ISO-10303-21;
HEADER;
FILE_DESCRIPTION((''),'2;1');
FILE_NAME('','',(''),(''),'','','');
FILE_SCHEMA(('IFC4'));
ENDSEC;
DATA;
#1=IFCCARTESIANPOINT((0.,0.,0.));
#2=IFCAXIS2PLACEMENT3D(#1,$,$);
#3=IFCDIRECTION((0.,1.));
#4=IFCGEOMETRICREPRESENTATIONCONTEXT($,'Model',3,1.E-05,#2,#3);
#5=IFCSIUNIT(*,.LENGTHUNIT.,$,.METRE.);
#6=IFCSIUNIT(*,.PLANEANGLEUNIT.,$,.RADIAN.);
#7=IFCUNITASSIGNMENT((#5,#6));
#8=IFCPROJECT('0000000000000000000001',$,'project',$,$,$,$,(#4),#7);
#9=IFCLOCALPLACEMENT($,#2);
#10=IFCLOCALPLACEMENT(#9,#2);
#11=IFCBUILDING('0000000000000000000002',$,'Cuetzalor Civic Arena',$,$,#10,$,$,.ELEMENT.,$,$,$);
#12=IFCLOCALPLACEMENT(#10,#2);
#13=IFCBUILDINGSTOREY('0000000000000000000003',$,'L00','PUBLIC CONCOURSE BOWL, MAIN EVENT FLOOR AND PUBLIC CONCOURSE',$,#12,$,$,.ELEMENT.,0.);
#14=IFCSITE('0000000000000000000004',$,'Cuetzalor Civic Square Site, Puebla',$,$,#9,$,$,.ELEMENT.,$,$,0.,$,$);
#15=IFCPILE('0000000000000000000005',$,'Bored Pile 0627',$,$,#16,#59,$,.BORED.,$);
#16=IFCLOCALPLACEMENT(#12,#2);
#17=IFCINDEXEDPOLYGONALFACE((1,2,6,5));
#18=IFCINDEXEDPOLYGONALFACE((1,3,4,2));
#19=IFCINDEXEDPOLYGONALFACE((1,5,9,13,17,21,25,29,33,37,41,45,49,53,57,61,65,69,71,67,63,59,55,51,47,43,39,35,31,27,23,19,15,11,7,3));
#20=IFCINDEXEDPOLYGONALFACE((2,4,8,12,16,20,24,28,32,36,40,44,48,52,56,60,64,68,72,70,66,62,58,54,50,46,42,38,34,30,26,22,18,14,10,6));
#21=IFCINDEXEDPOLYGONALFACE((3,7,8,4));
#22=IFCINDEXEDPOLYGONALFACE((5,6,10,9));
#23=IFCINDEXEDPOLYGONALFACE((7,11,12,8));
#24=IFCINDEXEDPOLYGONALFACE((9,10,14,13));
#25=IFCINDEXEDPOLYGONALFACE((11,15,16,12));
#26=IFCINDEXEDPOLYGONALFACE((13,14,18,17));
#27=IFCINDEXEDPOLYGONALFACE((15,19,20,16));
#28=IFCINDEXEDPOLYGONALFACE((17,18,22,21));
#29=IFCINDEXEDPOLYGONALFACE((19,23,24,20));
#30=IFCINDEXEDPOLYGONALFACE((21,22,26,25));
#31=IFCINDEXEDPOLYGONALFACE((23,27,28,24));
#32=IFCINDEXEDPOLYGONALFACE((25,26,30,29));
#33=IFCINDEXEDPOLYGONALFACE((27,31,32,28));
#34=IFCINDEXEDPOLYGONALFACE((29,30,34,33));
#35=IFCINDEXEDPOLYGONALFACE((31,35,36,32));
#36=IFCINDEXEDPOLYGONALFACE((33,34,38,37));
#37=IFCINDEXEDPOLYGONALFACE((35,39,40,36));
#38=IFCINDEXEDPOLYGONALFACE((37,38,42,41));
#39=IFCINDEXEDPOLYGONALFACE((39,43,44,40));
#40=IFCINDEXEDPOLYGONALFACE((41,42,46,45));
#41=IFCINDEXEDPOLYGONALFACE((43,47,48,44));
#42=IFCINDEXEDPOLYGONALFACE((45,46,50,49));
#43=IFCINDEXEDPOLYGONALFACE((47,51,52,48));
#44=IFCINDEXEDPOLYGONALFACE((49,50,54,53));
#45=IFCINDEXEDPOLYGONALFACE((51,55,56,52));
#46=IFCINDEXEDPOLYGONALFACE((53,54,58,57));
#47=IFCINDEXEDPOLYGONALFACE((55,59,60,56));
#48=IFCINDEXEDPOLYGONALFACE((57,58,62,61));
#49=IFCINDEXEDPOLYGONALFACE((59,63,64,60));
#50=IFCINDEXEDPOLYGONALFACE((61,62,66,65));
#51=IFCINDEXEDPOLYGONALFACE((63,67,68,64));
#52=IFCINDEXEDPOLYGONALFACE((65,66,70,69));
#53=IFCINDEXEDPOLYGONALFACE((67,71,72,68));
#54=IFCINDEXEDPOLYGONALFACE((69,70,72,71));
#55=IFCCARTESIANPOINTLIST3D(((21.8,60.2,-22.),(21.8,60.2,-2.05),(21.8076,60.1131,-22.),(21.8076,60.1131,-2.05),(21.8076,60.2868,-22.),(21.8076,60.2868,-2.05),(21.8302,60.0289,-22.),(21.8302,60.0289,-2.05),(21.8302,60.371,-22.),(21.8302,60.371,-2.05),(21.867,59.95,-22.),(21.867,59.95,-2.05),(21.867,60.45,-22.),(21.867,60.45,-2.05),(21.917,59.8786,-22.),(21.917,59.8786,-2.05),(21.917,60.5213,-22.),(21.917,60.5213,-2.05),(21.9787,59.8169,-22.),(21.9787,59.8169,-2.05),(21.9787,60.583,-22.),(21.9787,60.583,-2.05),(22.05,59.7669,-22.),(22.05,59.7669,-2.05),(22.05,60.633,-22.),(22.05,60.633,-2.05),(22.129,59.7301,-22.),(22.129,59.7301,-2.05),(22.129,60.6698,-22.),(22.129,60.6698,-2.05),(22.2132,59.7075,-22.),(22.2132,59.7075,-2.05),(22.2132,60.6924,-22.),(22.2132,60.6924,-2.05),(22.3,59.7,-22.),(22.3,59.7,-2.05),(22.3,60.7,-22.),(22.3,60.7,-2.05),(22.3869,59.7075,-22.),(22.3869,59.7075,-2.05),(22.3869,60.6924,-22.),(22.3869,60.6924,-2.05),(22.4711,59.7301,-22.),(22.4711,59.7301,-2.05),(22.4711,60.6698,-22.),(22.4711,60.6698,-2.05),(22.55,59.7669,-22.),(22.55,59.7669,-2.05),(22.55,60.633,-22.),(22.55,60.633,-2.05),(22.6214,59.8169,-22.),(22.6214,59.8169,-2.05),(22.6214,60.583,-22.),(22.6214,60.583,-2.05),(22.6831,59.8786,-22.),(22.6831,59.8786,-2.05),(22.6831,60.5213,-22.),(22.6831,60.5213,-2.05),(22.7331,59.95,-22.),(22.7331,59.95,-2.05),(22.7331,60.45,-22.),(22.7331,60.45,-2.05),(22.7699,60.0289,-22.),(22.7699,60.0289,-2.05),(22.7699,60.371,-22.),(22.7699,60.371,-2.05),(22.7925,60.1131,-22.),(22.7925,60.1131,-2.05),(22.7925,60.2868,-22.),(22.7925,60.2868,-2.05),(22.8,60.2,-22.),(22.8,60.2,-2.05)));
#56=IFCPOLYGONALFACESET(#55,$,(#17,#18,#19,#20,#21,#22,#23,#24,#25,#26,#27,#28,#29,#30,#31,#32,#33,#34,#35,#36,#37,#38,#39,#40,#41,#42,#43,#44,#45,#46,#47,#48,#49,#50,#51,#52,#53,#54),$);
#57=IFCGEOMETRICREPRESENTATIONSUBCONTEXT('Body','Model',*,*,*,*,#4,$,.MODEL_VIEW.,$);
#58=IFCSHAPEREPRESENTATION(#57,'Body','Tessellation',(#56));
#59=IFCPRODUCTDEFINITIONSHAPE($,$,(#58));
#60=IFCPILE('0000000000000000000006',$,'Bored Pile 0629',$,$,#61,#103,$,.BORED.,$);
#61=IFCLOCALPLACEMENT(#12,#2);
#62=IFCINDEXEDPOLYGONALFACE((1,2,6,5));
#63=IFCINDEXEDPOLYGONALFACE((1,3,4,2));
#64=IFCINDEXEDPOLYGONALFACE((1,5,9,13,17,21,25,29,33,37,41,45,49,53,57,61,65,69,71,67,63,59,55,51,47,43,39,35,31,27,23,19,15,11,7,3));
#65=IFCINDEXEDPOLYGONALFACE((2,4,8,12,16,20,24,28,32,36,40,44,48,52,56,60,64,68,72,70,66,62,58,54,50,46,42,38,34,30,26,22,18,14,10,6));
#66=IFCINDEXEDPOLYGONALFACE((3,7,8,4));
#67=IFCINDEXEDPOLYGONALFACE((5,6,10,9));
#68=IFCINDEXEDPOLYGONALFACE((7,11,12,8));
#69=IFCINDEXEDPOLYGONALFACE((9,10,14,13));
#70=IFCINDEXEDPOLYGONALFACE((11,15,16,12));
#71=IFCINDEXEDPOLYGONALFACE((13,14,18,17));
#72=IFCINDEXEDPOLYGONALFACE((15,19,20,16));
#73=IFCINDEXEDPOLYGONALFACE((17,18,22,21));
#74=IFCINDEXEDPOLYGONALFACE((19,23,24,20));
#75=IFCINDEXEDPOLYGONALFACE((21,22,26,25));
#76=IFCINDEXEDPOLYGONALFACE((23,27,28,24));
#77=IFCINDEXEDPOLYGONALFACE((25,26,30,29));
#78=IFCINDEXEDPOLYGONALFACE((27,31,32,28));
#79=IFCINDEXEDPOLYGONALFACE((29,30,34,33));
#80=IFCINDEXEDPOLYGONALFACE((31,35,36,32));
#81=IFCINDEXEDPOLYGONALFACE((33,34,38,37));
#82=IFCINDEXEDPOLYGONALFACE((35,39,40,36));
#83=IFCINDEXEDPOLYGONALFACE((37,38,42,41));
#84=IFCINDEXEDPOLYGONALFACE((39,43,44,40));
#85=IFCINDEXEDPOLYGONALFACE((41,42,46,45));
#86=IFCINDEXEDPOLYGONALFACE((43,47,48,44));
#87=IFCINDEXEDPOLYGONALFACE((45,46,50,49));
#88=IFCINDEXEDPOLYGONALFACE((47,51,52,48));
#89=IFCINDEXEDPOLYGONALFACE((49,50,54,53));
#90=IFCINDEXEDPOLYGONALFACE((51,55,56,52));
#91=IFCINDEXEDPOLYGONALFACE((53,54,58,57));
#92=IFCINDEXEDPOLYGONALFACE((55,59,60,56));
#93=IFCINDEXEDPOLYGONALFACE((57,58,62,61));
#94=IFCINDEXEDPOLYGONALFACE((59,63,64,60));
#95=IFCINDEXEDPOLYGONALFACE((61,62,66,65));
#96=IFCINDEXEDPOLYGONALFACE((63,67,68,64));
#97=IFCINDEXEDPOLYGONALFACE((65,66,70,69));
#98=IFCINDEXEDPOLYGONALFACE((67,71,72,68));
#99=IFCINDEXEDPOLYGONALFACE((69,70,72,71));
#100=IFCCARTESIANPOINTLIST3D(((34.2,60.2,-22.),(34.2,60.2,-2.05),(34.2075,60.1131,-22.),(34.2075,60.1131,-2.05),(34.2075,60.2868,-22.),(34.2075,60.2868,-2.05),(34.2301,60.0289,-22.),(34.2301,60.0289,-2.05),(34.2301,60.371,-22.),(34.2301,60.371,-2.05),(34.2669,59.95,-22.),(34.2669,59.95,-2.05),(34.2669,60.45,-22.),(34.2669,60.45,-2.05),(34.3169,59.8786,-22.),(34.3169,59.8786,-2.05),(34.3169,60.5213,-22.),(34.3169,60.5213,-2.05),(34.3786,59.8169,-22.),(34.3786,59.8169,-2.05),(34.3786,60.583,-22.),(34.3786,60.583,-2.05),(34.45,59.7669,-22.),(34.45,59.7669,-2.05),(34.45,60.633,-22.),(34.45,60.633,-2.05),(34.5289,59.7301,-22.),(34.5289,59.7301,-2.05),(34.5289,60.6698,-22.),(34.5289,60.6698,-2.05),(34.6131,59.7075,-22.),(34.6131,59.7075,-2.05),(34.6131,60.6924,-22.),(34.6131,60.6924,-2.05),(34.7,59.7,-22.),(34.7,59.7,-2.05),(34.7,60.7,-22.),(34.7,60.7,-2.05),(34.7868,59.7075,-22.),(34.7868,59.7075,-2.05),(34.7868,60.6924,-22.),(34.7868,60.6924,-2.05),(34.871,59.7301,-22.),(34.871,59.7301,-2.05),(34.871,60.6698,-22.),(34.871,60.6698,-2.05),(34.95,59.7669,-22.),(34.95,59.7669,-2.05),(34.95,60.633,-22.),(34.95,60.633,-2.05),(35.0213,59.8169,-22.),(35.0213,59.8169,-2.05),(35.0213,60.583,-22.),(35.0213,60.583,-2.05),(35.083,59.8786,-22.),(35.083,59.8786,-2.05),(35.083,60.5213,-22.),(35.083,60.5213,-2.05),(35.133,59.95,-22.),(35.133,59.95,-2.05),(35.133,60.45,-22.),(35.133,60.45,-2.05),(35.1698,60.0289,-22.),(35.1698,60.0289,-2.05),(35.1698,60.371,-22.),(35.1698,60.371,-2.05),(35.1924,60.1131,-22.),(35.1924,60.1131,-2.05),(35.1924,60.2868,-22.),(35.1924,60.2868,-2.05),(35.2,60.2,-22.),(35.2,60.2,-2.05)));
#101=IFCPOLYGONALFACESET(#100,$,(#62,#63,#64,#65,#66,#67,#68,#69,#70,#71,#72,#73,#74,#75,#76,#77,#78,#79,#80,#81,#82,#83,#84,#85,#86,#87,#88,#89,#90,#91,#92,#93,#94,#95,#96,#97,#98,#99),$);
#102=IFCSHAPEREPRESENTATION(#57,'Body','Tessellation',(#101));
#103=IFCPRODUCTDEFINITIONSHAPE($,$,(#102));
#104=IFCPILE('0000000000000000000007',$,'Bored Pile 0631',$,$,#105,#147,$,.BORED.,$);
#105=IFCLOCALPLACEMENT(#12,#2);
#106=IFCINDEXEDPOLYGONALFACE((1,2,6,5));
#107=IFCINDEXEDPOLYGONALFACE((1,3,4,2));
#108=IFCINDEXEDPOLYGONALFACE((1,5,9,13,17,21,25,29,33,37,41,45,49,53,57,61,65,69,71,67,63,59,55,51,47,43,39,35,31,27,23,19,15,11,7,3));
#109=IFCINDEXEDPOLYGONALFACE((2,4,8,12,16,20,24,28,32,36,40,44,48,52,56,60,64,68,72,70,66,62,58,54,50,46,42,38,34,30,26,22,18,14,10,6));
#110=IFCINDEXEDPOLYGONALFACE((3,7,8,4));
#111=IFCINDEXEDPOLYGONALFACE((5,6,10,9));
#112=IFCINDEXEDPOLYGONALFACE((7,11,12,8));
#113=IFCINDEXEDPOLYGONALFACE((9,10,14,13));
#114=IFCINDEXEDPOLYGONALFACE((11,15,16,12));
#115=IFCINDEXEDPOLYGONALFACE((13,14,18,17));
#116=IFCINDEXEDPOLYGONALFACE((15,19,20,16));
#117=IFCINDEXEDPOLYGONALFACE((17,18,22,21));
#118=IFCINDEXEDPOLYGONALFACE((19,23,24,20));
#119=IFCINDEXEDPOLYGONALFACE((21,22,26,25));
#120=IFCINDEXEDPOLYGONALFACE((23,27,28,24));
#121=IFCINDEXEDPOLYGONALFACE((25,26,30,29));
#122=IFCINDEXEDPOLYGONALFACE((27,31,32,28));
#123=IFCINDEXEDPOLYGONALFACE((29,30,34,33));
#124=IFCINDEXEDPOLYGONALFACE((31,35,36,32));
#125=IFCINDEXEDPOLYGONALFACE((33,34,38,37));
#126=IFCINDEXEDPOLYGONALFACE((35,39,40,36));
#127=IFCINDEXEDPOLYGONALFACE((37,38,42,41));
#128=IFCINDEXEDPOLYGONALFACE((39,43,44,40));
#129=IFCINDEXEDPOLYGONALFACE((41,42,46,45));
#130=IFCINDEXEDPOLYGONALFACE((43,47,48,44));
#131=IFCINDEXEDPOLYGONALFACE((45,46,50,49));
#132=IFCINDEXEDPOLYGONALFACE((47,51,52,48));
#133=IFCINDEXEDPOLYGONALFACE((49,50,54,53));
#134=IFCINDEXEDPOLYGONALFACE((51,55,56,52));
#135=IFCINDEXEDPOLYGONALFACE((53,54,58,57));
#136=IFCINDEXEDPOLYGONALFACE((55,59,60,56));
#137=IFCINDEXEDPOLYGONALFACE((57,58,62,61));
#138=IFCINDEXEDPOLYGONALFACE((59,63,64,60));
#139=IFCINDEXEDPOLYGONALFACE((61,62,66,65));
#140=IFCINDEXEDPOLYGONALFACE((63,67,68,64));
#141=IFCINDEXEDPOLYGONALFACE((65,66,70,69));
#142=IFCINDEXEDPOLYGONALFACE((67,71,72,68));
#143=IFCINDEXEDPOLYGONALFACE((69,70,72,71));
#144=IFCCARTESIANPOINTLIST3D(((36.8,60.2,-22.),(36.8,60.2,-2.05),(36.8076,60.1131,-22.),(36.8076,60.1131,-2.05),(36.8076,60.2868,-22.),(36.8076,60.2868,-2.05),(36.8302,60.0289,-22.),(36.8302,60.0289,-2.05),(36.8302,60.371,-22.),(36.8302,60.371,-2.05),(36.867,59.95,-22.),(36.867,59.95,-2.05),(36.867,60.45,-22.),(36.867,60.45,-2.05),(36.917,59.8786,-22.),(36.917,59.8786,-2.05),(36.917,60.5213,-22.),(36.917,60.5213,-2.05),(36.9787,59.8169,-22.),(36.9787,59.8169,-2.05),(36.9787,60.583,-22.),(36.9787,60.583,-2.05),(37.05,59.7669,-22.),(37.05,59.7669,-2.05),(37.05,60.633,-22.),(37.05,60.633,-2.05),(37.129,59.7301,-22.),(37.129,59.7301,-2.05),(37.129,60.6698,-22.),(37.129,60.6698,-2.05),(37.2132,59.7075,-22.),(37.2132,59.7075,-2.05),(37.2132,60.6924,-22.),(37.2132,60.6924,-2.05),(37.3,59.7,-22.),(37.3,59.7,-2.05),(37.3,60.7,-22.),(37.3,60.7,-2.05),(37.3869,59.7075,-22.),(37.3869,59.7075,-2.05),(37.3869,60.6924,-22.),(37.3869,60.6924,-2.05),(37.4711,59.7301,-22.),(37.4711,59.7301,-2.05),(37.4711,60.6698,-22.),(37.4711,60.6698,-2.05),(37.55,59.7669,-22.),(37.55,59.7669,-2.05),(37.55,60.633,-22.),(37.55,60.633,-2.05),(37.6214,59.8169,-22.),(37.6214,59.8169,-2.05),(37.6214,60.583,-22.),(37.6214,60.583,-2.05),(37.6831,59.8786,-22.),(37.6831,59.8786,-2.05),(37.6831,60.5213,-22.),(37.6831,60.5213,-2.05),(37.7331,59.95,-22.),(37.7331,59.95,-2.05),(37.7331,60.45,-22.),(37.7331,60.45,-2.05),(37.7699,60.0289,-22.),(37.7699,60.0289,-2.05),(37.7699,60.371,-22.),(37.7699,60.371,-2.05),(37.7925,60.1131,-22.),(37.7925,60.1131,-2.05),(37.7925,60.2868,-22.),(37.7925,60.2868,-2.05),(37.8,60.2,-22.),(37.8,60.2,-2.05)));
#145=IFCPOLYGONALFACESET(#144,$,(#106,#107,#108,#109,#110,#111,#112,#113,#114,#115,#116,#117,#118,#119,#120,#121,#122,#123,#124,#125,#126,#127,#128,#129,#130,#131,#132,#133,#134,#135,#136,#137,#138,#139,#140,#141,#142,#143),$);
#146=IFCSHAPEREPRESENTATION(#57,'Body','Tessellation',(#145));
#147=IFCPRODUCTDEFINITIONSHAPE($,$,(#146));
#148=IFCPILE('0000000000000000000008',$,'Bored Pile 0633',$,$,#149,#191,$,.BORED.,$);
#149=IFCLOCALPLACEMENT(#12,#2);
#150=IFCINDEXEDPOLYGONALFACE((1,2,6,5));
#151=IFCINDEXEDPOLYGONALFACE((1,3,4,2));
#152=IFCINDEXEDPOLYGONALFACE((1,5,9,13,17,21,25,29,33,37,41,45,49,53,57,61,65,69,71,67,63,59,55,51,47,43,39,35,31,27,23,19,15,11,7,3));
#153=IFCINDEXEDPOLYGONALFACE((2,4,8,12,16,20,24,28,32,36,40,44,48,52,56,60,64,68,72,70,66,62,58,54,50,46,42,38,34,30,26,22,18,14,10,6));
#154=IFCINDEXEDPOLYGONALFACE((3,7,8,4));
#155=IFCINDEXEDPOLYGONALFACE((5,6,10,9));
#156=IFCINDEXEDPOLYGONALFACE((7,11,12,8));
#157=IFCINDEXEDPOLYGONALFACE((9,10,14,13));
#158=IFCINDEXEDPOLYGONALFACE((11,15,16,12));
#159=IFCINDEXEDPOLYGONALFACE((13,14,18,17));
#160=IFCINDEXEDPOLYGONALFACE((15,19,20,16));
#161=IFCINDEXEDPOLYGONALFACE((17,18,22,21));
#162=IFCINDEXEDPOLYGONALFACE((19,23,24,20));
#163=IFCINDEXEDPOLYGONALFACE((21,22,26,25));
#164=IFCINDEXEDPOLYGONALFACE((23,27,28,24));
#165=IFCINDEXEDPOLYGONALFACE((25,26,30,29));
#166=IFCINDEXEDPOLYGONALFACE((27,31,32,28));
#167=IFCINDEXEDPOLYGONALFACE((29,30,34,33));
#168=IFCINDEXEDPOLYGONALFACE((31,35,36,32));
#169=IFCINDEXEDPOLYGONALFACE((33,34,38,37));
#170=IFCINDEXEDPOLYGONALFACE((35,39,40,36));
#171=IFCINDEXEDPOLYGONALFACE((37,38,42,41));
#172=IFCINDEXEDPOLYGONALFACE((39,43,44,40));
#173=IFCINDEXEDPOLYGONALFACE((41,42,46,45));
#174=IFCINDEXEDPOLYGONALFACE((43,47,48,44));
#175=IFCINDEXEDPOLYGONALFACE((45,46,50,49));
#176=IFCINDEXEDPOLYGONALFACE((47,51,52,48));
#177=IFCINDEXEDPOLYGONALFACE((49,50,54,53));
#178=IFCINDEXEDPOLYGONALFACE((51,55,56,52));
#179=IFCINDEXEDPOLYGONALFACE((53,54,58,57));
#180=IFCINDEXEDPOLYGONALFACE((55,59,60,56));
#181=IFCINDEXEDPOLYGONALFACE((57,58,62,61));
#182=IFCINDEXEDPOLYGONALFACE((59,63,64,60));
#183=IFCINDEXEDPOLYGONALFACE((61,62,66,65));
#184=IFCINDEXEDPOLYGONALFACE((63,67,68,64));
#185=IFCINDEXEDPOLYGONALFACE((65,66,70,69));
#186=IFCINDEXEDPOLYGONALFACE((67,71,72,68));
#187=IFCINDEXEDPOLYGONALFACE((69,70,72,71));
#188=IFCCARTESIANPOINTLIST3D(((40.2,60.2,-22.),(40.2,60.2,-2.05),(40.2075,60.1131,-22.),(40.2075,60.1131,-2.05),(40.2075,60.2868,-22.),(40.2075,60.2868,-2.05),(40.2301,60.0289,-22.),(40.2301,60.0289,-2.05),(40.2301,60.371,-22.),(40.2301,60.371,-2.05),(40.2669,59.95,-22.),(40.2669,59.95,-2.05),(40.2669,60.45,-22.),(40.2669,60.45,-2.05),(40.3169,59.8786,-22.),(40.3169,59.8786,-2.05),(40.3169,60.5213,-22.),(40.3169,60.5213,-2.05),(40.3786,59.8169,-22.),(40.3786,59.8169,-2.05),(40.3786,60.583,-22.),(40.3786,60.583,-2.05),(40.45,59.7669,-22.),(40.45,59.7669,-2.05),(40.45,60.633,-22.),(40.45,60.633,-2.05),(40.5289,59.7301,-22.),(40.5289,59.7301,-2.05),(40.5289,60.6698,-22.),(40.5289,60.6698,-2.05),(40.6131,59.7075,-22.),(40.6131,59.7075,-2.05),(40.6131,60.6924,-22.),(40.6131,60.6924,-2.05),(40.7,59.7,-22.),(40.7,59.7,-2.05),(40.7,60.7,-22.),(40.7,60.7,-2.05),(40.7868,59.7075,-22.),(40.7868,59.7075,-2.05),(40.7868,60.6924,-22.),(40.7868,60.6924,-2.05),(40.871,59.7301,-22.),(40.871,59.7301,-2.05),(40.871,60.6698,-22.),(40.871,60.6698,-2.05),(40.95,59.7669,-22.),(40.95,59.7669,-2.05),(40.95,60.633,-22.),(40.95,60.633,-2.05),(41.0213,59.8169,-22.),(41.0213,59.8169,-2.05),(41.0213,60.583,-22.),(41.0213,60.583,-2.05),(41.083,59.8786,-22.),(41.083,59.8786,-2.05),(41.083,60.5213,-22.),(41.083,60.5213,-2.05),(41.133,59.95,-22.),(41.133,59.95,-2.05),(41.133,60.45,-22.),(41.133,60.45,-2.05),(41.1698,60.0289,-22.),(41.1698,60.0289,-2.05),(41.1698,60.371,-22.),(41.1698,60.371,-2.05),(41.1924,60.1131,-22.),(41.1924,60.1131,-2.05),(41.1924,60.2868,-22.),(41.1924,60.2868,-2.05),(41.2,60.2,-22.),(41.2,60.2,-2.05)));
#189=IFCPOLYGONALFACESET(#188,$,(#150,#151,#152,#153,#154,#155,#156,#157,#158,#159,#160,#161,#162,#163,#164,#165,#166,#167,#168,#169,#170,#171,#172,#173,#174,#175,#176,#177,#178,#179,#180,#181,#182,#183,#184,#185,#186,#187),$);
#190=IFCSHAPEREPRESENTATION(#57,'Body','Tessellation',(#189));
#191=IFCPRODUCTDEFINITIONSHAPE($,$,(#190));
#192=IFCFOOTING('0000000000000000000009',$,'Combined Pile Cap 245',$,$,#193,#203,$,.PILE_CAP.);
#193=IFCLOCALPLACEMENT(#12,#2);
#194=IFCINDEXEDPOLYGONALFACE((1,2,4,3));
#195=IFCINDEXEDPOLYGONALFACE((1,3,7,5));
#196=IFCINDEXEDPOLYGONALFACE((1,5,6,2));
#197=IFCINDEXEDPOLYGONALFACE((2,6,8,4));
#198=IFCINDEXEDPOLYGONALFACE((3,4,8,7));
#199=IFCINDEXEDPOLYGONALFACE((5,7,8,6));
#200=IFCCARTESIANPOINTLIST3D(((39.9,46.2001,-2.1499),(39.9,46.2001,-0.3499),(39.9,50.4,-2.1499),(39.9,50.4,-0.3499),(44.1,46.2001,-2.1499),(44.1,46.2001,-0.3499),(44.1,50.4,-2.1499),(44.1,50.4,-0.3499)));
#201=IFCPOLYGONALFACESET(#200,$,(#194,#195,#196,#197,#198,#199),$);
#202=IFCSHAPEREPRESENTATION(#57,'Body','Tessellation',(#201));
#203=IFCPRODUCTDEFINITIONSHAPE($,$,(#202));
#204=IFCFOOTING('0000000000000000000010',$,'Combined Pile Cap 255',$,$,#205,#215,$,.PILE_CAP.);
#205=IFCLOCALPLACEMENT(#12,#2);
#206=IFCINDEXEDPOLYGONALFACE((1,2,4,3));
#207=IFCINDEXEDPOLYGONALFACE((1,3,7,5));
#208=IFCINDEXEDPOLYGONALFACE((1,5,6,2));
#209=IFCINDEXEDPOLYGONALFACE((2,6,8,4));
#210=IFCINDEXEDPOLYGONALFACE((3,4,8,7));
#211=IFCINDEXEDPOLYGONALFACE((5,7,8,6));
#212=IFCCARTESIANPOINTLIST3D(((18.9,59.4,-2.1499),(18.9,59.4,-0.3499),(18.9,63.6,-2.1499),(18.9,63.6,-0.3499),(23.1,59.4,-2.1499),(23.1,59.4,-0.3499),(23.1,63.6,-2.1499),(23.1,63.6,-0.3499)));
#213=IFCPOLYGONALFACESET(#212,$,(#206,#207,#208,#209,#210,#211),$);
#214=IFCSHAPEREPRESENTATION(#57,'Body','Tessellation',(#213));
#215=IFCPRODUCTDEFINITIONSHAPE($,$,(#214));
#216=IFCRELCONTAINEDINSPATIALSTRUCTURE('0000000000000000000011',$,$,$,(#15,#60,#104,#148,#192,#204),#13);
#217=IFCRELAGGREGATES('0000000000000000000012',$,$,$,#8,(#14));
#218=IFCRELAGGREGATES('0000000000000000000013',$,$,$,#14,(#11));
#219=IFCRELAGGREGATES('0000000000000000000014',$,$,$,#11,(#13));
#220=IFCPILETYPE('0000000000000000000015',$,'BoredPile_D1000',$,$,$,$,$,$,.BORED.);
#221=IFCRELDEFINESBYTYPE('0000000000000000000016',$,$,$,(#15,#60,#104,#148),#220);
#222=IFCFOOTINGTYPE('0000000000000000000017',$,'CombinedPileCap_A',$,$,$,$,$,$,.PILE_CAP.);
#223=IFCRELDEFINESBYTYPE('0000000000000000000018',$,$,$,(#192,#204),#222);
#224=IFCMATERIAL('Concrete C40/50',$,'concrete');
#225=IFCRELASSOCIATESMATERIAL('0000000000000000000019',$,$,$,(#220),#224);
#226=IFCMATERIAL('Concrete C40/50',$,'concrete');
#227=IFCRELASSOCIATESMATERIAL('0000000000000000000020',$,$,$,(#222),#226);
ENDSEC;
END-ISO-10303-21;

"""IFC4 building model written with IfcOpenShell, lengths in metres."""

from ifc_helpers import new_model, si_unit, direction, frame, origin, origin_2d, place, context, subcontext, project, spatial, rectangle, circle, extrude, material, material_profile, profile_set, type_object, element, save


model = new_model("IFC4")

# Units and contexts
model_context = context("Model", 3, precision=1e-05, world=origin(), true_north=direction((0.0, 1.0)))
body_context = subcontext(model_context, "Body", "Model", "MODEL_VIEW")
ifc_project = project(units=[si_unit("LENGTHUNIT", "METRE"), si_unit("PLANEANGLEUNIT", "RADIAN")], contexts=[model_context])

# Site, building, storey
site_placement = place(None, origin())
site = spatial("IfcSite", under=ifc_project, at=site_placement, Name="Cuetzalor Civic Square Site, Puebla", CompositionType="ELEMENT", RefElevation=0.0)
building_placement = place(site_placement, origin())
building = spatial("IfcBuilding", under=site, at=building_placement, Name="Cuetzalor Civic Arena", CompositionType="ELEMENT")
storey_placement = place(building_placement, origin())
storey = spatial("IfcBuildingStorey", under=building, at=storey_placement, Name="L00", Description="PUBLIC CONCOURSE BOWL, MAIN EVENT FLOOR AND PUBLIC CONCOURSE", CompositionType="ELEMENT", Elevation=0.0)

# Piles
ifc_material_1 = material(Name="Concrete C40/50", Category="concrete")
ifc_material_profile_1 = material_profile(ifc_material_1, circle(Radius=0.5, at=origin_2d()), Name="BORED PILE D1000")
ifc_profile_set_1 = profile_set([ifc_material_profile_1], Name="Concrete C40/50")
pile_type = type_object("IfcPileType", Name="BoredPile_D1000", PredefinedType="BORED", material=ifc_profile_set_1)
for number, where, z_axis, x_axis, name in (
    (1, (22.3, 60.2, -2.05), (0.0, 0.0, -1.0), (1.0, 0.0, 0.0), "Bored Pile 0627"),
    (2, (34.7, 60.2, -2.05), (0.0, 0.0, -1.0), (1.0, 0.0, 0.0), "Bored Pile 0629"),
    (3, (37.3, 60.2, -2.05), (0.0, 0.0, -1.0), (1.0, 0.0, 0.0), "Bored Pile 0631"),
    (4, (40.7, 60.2, -2.05), (0.0, 0.0, -1.0), (1.0, 0.0, 0.0), "Bored Pile 0633"),
):
    element("IfcPile", number, at=place(storey_placement, frame(where, z_axis=z_axis, x_axis=x_axis)), inside=storey, type_object=pile_type, Name=name, PredefinedType="BORED", context=body_context, shape_type="SweptSolid", body=[
        extrude(circle(Radius=0.5, at=origin_2d()), origin(), (0.0, 0.0, 1.0), 19.95),
    ])

# Footings
ifc_material_2 = material(Name="Concrete C40/50", Category="concrete")
footing_type_1 = type_object("IfcFootingType", Name="CombinedPileCap_A", PredefinedType="PILE_CAP", material=ifc_material_2)
for number, where, z_axis, x_axis, name in (
    (5, (42.0, 48.3, -2.1499), (0.0, 0.0, 1.0), (1.0, 0.0, 0.0), "Combined Pile Cap 245"),
    (6, (21.0, 61.5, -2.1499), (0.0, 0.0, 1.0), (1.0, 0.0, 0.0), "Combined Pile Cap 255"),
):
    element("IfcFooting", number, at=place(storey_placement, frame(where, z_axis=z_axis, x_axis=x_axis)), inside=storey, type_object=footing_type_1, Name=name, PredefinedType="PILE_CAP", context=body_context, shape_type="SweptSolid", body=[
        extrude(rectangle(XDim=4.2, YDim=4.2, at=origin_2d()), origin(), (0.0, 0.0, 1.0), 1.8),
    ])

save(model, "model.ifc")
